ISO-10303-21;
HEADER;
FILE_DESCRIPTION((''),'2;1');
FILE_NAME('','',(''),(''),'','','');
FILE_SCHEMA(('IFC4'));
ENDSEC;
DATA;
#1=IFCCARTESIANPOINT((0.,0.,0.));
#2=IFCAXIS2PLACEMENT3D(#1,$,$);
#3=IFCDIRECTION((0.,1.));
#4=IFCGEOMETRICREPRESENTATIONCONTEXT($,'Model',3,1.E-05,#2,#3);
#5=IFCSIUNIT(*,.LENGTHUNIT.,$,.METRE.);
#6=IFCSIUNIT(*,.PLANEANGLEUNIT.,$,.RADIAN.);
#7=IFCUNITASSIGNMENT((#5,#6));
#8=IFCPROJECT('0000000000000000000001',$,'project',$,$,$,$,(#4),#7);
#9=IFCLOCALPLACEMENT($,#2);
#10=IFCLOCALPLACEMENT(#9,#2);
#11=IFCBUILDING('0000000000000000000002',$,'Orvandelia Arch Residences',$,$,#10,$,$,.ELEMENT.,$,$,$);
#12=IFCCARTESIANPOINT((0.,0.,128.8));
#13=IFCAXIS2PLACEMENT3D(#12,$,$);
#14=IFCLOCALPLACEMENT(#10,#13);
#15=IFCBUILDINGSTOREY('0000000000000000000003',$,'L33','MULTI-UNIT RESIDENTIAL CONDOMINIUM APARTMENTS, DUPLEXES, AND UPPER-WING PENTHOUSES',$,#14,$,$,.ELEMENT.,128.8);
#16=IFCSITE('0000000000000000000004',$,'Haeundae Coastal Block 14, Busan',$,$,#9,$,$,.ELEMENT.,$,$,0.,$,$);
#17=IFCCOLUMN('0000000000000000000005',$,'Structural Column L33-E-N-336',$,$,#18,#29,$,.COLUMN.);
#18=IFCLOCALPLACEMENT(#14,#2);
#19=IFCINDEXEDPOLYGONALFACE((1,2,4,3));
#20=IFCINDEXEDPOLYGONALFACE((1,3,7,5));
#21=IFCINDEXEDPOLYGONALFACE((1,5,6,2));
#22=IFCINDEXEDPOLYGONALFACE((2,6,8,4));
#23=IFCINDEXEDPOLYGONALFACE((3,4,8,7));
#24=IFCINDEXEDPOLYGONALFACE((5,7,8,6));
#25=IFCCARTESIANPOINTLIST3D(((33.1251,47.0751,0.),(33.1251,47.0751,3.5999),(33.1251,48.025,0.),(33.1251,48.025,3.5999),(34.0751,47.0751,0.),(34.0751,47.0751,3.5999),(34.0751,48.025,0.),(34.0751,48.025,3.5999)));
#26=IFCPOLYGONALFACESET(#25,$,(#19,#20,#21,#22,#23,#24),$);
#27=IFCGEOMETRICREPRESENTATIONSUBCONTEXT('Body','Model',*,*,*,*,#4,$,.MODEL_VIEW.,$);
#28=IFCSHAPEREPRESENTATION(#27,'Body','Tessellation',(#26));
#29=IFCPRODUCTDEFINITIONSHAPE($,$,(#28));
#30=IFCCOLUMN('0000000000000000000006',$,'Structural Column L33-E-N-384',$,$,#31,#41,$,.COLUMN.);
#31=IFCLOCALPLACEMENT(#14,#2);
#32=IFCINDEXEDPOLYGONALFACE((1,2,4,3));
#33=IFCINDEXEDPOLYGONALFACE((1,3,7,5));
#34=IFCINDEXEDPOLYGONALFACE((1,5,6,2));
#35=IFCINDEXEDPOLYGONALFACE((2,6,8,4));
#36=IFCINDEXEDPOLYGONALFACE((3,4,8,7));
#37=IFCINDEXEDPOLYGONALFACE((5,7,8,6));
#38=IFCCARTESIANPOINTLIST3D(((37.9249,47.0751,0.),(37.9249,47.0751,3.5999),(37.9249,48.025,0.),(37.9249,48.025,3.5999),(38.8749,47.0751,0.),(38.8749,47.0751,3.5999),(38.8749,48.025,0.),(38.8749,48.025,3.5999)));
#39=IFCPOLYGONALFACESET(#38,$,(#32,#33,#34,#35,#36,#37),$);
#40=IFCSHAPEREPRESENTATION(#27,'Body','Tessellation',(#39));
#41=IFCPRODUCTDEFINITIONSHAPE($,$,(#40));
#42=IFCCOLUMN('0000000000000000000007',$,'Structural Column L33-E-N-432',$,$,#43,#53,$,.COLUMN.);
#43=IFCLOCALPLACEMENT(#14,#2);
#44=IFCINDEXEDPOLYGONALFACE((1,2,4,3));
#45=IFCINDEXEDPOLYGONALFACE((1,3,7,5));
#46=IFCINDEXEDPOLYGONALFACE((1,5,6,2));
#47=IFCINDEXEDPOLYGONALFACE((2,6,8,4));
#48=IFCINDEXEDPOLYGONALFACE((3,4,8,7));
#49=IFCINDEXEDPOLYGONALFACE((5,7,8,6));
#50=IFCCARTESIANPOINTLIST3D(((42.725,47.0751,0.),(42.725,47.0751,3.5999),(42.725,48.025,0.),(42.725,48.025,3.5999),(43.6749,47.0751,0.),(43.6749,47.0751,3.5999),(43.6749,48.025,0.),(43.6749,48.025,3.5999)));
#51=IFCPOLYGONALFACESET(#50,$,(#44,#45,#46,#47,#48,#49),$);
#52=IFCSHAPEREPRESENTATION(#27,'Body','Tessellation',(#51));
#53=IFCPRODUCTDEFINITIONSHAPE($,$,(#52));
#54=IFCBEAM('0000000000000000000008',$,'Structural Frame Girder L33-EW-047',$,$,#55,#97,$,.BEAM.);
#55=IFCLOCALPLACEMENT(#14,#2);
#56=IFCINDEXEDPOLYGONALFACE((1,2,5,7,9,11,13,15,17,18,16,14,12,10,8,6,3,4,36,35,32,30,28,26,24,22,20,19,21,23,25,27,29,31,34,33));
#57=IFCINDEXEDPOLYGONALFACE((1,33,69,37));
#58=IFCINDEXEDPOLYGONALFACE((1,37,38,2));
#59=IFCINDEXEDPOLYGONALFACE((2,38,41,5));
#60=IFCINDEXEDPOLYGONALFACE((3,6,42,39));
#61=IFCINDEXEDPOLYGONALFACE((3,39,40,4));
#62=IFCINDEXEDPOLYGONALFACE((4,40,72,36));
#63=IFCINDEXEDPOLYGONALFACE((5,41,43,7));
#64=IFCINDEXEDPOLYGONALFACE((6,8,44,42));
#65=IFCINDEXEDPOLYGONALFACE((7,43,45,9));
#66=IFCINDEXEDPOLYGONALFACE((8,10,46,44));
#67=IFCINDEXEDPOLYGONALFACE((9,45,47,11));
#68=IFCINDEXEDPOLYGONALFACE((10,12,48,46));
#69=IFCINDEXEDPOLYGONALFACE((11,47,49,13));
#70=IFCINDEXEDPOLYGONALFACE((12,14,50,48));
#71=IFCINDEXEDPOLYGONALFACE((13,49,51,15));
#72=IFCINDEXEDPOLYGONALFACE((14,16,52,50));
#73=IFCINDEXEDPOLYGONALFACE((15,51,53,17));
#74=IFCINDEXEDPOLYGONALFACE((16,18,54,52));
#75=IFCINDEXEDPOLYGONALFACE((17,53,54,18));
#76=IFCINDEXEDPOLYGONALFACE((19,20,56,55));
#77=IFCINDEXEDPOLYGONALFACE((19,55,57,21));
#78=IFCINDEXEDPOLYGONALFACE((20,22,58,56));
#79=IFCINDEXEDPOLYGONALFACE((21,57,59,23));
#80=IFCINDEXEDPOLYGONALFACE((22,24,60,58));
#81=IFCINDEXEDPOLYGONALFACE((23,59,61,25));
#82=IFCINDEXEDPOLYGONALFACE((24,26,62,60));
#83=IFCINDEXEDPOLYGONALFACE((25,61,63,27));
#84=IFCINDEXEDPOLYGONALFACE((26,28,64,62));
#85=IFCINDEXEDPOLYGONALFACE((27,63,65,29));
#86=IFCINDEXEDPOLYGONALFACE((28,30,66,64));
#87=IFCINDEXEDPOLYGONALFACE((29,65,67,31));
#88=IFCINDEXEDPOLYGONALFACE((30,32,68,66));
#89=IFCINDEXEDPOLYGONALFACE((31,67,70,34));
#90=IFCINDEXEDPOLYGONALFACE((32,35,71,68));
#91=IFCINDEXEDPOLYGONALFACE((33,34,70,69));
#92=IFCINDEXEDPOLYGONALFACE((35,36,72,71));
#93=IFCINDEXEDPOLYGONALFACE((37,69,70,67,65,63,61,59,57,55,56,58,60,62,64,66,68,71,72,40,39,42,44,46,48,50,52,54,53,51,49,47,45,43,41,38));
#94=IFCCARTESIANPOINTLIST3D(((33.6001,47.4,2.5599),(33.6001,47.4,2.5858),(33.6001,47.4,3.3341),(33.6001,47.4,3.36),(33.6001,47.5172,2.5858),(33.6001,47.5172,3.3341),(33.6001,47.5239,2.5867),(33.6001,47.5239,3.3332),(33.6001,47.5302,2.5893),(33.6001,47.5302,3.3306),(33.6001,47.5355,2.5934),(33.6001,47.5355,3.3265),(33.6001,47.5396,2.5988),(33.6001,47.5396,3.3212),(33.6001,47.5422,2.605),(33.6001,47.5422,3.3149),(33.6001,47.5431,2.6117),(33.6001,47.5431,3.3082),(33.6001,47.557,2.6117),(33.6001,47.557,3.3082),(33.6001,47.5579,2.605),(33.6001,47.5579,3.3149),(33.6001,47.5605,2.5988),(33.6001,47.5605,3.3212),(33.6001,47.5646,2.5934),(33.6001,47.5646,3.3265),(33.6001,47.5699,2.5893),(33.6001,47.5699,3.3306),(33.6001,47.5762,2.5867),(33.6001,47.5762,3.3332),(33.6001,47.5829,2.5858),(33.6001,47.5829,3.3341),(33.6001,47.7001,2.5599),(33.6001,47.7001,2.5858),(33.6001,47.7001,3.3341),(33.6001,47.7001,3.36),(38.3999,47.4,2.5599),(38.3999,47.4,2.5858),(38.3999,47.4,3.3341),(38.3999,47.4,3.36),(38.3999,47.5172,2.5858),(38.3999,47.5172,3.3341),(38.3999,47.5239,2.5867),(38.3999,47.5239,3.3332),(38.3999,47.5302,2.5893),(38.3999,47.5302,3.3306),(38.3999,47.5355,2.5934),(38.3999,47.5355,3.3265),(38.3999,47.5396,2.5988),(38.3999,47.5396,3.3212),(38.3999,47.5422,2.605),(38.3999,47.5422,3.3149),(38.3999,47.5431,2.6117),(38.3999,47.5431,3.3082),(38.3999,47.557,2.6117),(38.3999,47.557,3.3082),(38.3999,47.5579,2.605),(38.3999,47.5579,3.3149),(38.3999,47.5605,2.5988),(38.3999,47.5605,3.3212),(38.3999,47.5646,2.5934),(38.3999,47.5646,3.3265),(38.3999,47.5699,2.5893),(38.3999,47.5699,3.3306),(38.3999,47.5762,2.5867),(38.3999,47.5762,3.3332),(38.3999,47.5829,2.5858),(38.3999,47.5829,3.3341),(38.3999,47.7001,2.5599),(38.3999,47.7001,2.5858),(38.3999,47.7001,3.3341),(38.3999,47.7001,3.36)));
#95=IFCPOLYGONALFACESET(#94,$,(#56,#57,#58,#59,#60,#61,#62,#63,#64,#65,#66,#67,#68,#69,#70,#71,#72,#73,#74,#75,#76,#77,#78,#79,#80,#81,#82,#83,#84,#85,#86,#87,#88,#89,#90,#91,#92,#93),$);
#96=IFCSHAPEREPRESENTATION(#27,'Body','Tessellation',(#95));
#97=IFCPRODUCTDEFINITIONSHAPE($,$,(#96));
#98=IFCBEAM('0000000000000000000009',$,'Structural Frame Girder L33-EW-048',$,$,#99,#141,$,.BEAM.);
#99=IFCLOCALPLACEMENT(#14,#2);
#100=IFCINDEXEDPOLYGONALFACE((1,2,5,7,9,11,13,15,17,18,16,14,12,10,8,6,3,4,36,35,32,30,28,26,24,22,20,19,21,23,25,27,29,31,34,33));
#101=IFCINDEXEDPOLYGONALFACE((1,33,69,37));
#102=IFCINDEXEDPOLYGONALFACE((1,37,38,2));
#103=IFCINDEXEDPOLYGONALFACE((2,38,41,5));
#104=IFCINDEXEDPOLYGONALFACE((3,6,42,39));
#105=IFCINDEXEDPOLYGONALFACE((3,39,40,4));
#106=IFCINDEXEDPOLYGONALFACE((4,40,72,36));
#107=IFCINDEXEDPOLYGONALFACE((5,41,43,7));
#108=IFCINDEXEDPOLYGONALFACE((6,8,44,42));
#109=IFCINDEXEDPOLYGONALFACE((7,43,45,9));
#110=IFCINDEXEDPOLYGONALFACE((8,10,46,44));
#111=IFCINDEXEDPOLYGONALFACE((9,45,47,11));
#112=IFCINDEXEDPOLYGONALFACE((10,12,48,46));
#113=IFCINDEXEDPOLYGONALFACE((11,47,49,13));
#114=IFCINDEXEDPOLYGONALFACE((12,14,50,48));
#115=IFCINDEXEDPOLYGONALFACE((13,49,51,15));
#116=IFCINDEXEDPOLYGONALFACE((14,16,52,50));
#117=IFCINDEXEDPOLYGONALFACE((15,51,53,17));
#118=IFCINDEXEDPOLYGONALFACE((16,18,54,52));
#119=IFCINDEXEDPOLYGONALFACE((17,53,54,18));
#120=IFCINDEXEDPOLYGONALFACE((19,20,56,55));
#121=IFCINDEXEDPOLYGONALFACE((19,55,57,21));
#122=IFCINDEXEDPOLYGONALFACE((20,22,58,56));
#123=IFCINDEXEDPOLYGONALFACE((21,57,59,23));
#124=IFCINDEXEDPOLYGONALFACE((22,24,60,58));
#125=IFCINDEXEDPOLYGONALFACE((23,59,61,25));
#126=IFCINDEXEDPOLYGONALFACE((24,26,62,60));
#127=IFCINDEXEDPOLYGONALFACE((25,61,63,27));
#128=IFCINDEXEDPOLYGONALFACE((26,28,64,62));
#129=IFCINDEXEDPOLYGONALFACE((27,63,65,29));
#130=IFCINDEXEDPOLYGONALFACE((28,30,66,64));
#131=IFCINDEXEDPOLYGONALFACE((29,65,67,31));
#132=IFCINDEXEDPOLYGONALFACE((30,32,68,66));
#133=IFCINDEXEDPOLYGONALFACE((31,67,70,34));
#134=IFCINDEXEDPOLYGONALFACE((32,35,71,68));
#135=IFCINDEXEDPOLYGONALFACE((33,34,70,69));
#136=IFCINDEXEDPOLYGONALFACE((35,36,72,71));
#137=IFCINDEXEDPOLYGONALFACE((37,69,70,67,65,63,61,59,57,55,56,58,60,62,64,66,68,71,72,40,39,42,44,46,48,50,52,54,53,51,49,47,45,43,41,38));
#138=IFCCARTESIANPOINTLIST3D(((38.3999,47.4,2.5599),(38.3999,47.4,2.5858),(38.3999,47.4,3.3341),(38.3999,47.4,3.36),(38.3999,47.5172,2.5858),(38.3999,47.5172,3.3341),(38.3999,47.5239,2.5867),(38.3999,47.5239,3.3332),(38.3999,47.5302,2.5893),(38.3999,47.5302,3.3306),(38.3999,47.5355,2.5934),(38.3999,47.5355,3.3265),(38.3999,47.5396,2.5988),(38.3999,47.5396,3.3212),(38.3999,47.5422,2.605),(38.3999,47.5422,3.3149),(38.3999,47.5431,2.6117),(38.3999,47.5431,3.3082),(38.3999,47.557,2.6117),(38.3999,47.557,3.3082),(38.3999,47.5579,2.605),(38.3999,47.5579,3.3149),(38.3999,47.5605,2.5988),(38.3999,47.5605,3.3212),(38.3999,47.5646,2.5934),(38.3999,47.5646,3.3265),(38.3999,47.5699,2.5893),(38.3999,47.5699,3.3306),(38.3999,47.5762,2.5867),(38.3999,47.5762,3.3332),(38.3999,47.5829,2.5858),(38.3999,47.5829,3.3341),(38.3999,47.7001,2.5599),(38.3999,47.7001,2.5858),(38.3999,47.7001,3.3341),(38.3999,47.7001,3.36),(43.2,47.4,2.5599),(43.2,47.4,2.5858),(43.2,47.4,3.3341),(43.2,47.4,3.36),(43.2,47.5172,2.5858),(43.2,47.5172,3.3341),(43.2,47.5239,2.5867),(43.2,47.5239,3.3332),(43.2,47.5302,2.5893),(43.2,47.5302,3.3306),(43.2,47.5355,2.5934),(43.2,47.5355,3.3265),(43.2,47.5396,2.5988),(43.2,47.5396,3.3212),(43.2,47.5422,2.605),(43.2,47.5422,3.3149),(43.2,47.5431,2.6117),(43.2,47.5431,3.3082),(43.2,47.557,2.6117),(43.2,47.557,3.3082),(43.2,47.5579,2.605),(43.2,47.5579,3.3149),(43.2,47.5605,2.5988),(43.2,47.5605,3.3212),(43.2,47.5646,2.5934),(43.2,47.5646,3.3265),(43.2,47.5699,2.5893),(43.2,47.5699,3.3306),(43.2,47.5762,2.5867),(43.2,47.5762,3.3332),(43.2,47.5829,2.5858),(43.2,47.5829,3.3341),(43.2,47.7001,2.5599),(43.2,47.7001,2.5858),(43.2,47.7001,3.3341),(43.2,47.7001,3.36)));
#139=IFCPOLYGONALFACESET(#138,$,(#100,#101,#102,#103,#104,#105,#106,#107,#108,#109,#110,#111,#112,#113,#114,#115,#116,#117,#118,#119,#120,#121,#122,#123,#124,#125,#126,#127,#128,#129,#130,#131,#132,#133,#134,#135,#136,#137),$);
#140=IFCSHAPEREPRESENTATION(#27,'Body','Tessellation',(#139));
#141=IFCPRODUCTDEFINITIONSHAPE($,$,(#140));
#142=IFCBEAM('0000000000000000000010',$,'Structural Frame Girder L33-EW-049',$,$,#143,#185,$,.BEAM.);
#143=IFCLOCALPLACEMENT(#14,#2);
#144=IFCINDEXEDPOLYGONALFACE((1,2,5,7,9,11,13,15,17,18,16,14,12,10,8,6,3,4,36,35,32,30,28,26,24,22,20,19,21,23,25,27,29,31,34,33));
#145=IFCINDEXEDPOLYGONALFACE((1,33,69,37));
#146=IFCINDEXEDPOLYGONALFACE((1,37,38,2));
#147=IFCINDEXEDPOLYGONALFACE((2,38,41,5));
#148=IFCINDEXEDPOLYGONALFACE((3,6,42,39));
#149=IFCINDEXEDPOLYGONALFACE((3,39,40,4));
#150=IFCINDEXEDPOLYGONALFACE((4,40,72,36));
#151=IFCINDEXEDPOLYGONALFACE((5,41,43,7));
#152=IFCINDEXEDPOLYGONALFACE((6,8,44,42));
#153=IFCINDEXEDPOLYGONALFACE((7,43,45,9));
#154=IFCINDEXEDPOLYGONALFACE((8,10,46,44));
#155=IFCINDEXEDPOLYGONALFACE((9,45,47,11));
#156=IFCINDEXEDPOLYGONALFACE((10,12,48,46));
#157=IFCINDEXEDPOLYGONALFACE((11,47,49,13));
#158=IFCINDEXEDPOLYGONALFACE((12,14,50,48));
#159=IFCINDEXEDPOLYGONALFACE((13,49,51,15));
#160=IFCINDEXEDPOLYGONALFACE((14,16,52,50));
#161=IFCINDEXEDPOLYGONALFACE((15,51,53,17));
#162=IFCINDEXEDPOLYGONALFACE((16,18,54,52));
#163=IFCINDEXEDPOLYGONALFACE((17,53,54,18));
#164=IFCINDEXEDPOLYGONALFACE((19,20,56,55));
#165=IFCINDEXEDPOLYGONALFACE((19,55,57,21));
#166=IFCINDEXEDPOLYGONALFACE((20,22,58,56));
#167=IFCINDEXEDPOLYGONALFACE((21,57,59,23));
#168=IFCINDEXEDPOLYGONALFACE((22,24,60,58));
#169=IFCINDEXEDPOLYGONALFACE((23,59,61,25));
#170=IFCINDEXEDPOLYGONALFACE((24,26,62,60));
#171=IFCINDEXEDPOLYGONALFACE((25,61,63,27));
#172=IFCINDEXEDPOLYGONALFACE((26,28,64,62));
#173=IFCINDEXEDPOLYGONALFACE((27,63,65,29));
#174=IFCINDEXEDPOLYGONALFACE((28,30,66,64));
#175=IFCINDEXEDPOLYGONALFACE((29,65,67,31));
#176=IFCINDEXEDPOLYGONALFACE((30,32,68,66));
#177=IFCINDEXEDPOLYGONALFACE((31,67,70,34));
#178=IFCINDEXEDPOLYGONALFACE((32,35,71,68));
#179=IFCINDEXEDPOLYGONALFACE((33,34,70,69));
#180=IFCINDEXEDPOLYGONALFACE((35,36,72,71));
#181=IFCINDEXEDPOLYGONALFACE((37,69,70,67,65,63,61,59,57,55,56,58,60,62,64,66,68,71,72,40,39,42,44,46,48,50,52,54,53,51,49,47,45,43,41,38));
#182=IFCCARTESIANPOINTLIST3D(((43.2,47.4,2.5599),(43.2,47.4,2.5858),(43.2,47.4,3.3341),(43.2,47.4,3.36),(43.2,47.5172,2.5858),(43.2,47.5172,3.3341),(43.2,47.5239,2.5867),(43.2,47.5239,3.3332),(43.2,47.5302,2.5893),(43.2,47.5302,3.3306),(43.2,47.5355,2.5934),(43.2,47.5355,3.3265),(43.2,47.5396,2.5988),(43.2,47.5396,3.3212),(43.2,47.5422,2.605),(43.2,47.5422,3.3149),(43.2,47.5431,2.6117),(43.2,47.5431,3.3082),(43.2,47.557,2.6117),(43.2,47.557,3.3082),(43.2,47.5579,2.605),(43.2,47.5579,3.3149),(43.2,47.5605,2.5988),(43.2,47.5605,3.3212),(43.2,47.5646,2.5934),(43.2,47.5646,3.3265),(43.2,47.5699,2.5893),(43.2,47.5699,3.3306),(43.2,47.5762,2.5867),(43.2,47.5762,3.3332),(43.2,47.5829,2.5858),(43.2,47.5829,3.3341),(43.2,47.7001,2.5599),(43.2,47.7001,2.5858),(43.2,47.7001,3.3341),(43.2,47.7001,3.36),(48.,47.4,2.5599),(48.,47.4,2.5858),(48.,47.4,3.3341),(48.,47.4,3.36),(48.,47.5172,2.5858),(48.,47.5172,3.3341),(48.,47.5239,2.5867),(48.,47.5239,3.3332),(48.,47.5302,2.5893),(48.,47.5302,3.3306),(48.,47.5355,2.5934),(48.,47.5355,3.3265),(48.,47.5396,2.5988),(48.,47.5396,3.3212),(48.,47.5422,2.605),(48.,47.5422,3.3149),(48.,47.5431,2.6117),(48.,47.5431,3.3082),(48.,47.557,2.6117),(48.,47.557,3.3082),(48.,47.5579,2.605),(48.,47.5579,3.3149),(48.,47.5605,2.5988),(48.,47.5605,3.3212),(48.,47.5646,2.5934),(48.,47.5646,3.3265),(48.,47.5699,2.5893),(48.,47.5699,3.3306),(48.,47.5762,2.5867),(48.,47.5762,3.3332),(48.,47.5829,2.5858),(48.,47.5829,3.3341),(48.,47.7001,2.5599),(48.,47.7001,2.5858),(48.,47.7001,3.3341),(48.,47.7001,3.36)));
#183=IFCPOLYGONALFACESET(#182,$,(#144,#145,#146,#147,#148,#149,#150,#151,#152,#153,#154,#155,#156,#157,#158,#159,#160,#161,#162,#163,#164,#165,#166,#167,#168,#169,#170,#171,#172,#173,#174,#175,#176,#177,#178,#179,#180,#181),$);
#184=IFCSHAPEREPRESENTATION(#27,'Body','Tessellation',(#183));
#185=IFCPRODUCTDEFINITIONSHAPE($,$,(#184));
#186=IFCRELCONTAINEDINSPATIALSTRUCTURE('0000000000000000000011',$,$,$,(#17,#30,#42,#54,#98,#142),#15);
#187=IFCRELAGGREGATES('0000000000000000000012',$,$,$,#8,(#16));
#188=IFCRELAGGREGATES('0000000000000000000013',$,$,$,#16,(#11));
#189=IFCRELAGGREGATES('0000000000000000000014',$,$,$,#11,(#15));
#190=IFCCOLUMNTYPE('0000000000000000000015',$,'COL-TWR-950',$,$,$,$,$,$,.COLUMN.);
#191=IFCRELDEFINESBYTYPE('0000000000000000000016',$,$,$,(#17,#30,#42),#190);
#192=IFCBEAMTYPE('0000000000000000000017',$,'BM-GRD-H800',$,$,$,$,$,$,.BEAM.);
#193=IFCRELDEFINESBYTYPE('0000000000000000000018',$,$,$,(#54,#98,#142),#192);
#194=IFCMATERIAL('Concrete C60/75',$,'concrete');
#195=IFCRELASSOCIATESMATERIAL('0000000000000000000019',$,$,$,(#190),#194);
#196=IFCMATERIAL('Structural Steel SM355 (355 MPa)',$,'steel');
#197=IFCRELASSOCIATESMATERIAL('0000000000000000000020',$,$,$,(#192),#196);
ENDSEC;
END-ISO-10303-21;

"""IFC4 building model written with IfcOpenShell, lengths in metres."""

from ifc_helpers import new_model, si_unit, direction, frame, origin, origin_2d, place, context, subcontext, project, spatial, rectangle, i_section, extrude, material, material_profile, profile_set, type_object, element, save


model = new_model("IFC4")

# Units and contexts
model_context = context("Model", 3, precision=1e-05, world=origin(), true_north=direction((0.0, 1.0)))
body_context = subcontext(model_context, "Body", "Model", "MODEL_VIEW")
ifc_project = project(units=[si_unit("LENGTHUNIT", "METRE"), si_unit("PLANEANGLEUNIT", "RADIAN")], contexts=[model_context])

# Site, building, storey
site_placement = place(None, origin())
site = spatial("IfcSite", under=ifc_project, at=site_placement, Name="Haeundae Coastal Block 14, Busan", CompositionType="ELEMENT", RefElevation=0.0)
building_placement = place(site_placement, origin())
building = spatial("IfcBuilding", under=site, at=building_placement, Name="Orvandelia Arch Residences", CompositionType="ELEMENT")
storey_placement = place(building_placement, frame((0.0, 0.0, 128.8)))
storey = spatial("IfcBuildingStorey", under=building, at=storey_placement, Name="L33", Description="MULTI-UNIT RESIDENTIAL CONDOMINIUM APARTMENTS, DUPLEXES, AND UPPER-WING PENTHOUSES", CompositionType="ELEMENT", Elevation=128.8)

# Columns
ifc_material_1 = material(Name="Concrete C60/75", Category="concrete")
ifc_material_profile_1 = material_profile(ifc_material_1, rectangle(XDim=0.95, YDim=0.95, at=origin_2d()), Name="Concrete C60/75", Category="concrete")
ifc_profile_set_1 = profile_set([ifc_material_profile_1], Name="Concrete C60/75")
column_type = type_object("IfcColumnType", Name="COL-TWR-950", PredefinedType="COLUMN", material=ifc_profile_set_1)
for number, where, z_axis, x_axis, name in (
    (1, (33.6001, 47.55, 0.0), (0.0, 0.0, 1.0), (1.0, 0.0, 0.0), "Structural Column L33-E-N-336"),
    (2, (38.3999, 47.55, 0.0), (0.0, 0.0, 1.0), (1.0, 0.0, 0.0), "Structural Column L33-E-N-384"),
    (3, (43.2, 47.55, 0.0), (0.0, 0.0, 1.0), (1.0, 0.0, 0.0), "Structural Column L33-E-N-432"),
):
    element("IfcColumn", number, at=place(storey_placement, frame(where, z_axis=z_axis, x_axis=x_axis)), inside=storey, type_object=column_type, Name=name, PredefinedType="COLUMN", context=body_context, shape_type="SweptSolid", body=[
        extrude(rectangle(XDim=0.95, YDim=0.95, at=origin_2d()), origin(), (0.0, 0.0, 1.0), 3.5999),
    ])

# Beams
ifc_material_2 = material(Name="Structural Steel SM355 (355 MPa)", Category="steel")
ifc_material_profile_2 = material_profile(ifc_material_2, i_section(OverallWidth=0.3, OverallDepth=0.8, WebThickness=0.0139, FlangeThickness=0.0259, FilletRadius=0.0259, at=origin_2d()), Name="Structural Steel SM355 (355 MPa)", Category="steel")
ifc_profile_set_2 = profile_set([ifc_material_profile_2], Name="Structural Steel SM355 (355 MPa)")
beam_type = type_object("IfcBeamType", Name="BM-GRD-H800", PredefinedType="BEAM", material=ifc_profile_set_2)
beam_placement = place(storey_placement, frame((33.6001, 47.55, 2.96), z_axis=(1.0, 0.0, 0.0), x_axis=(0.0, 1.0, 0.0)))
element("IfcBeam", 4, at=beam_placement, inside=storey, type_object=beam_type, Name="Structural Frame Girder L33-EW-047", PredefinedType="BEAM", context=body_context, shape_type="SweptSolid", body=[
    extrude(i_section(OverallWidth=0.3, OverallDepth=0.8, WebThickness=0.0139, FlangeThickness=0.0259, FilletRadius=0.0259, at=origin_2d()), origin(), (0.0, 0.0, 1.0), 4.7998),
])
for number, where, z_axis, x_axis, name in (
    (5, (38.3999, 47.55, 2.96), (1.0, 0.0, 0.0), (0.0, 1.0, 0.0), "Structural Frame Girder L33-EW-048"),
    (6, (43.2, 47.55, 2.96), (1.0, 0.0, 0.0), (0.0, 1.0, 0.0), "Structural Frame Girder L33-EW-049"),
):
    element("IfcBeam", number, at=place(storey_placement, frame(where, z_axis=z_axis, x_axis=x_axis)), inside=storey, type_object=beam_type, Name=name, PredefinedType="BEAM", context=body_context, shape_type="SweptSolid", body=[
        extrude(i_section(OverallWidth=0.3, OverallDepth=0.8, WebThickness=0.0139, FlangeThickness=0.0259, FilletRadius=0.0259, at=origin_2d()), origin(), (0.0, 0.0, 1.0), 4.8),
    ])

save(model, "model.ifc")
